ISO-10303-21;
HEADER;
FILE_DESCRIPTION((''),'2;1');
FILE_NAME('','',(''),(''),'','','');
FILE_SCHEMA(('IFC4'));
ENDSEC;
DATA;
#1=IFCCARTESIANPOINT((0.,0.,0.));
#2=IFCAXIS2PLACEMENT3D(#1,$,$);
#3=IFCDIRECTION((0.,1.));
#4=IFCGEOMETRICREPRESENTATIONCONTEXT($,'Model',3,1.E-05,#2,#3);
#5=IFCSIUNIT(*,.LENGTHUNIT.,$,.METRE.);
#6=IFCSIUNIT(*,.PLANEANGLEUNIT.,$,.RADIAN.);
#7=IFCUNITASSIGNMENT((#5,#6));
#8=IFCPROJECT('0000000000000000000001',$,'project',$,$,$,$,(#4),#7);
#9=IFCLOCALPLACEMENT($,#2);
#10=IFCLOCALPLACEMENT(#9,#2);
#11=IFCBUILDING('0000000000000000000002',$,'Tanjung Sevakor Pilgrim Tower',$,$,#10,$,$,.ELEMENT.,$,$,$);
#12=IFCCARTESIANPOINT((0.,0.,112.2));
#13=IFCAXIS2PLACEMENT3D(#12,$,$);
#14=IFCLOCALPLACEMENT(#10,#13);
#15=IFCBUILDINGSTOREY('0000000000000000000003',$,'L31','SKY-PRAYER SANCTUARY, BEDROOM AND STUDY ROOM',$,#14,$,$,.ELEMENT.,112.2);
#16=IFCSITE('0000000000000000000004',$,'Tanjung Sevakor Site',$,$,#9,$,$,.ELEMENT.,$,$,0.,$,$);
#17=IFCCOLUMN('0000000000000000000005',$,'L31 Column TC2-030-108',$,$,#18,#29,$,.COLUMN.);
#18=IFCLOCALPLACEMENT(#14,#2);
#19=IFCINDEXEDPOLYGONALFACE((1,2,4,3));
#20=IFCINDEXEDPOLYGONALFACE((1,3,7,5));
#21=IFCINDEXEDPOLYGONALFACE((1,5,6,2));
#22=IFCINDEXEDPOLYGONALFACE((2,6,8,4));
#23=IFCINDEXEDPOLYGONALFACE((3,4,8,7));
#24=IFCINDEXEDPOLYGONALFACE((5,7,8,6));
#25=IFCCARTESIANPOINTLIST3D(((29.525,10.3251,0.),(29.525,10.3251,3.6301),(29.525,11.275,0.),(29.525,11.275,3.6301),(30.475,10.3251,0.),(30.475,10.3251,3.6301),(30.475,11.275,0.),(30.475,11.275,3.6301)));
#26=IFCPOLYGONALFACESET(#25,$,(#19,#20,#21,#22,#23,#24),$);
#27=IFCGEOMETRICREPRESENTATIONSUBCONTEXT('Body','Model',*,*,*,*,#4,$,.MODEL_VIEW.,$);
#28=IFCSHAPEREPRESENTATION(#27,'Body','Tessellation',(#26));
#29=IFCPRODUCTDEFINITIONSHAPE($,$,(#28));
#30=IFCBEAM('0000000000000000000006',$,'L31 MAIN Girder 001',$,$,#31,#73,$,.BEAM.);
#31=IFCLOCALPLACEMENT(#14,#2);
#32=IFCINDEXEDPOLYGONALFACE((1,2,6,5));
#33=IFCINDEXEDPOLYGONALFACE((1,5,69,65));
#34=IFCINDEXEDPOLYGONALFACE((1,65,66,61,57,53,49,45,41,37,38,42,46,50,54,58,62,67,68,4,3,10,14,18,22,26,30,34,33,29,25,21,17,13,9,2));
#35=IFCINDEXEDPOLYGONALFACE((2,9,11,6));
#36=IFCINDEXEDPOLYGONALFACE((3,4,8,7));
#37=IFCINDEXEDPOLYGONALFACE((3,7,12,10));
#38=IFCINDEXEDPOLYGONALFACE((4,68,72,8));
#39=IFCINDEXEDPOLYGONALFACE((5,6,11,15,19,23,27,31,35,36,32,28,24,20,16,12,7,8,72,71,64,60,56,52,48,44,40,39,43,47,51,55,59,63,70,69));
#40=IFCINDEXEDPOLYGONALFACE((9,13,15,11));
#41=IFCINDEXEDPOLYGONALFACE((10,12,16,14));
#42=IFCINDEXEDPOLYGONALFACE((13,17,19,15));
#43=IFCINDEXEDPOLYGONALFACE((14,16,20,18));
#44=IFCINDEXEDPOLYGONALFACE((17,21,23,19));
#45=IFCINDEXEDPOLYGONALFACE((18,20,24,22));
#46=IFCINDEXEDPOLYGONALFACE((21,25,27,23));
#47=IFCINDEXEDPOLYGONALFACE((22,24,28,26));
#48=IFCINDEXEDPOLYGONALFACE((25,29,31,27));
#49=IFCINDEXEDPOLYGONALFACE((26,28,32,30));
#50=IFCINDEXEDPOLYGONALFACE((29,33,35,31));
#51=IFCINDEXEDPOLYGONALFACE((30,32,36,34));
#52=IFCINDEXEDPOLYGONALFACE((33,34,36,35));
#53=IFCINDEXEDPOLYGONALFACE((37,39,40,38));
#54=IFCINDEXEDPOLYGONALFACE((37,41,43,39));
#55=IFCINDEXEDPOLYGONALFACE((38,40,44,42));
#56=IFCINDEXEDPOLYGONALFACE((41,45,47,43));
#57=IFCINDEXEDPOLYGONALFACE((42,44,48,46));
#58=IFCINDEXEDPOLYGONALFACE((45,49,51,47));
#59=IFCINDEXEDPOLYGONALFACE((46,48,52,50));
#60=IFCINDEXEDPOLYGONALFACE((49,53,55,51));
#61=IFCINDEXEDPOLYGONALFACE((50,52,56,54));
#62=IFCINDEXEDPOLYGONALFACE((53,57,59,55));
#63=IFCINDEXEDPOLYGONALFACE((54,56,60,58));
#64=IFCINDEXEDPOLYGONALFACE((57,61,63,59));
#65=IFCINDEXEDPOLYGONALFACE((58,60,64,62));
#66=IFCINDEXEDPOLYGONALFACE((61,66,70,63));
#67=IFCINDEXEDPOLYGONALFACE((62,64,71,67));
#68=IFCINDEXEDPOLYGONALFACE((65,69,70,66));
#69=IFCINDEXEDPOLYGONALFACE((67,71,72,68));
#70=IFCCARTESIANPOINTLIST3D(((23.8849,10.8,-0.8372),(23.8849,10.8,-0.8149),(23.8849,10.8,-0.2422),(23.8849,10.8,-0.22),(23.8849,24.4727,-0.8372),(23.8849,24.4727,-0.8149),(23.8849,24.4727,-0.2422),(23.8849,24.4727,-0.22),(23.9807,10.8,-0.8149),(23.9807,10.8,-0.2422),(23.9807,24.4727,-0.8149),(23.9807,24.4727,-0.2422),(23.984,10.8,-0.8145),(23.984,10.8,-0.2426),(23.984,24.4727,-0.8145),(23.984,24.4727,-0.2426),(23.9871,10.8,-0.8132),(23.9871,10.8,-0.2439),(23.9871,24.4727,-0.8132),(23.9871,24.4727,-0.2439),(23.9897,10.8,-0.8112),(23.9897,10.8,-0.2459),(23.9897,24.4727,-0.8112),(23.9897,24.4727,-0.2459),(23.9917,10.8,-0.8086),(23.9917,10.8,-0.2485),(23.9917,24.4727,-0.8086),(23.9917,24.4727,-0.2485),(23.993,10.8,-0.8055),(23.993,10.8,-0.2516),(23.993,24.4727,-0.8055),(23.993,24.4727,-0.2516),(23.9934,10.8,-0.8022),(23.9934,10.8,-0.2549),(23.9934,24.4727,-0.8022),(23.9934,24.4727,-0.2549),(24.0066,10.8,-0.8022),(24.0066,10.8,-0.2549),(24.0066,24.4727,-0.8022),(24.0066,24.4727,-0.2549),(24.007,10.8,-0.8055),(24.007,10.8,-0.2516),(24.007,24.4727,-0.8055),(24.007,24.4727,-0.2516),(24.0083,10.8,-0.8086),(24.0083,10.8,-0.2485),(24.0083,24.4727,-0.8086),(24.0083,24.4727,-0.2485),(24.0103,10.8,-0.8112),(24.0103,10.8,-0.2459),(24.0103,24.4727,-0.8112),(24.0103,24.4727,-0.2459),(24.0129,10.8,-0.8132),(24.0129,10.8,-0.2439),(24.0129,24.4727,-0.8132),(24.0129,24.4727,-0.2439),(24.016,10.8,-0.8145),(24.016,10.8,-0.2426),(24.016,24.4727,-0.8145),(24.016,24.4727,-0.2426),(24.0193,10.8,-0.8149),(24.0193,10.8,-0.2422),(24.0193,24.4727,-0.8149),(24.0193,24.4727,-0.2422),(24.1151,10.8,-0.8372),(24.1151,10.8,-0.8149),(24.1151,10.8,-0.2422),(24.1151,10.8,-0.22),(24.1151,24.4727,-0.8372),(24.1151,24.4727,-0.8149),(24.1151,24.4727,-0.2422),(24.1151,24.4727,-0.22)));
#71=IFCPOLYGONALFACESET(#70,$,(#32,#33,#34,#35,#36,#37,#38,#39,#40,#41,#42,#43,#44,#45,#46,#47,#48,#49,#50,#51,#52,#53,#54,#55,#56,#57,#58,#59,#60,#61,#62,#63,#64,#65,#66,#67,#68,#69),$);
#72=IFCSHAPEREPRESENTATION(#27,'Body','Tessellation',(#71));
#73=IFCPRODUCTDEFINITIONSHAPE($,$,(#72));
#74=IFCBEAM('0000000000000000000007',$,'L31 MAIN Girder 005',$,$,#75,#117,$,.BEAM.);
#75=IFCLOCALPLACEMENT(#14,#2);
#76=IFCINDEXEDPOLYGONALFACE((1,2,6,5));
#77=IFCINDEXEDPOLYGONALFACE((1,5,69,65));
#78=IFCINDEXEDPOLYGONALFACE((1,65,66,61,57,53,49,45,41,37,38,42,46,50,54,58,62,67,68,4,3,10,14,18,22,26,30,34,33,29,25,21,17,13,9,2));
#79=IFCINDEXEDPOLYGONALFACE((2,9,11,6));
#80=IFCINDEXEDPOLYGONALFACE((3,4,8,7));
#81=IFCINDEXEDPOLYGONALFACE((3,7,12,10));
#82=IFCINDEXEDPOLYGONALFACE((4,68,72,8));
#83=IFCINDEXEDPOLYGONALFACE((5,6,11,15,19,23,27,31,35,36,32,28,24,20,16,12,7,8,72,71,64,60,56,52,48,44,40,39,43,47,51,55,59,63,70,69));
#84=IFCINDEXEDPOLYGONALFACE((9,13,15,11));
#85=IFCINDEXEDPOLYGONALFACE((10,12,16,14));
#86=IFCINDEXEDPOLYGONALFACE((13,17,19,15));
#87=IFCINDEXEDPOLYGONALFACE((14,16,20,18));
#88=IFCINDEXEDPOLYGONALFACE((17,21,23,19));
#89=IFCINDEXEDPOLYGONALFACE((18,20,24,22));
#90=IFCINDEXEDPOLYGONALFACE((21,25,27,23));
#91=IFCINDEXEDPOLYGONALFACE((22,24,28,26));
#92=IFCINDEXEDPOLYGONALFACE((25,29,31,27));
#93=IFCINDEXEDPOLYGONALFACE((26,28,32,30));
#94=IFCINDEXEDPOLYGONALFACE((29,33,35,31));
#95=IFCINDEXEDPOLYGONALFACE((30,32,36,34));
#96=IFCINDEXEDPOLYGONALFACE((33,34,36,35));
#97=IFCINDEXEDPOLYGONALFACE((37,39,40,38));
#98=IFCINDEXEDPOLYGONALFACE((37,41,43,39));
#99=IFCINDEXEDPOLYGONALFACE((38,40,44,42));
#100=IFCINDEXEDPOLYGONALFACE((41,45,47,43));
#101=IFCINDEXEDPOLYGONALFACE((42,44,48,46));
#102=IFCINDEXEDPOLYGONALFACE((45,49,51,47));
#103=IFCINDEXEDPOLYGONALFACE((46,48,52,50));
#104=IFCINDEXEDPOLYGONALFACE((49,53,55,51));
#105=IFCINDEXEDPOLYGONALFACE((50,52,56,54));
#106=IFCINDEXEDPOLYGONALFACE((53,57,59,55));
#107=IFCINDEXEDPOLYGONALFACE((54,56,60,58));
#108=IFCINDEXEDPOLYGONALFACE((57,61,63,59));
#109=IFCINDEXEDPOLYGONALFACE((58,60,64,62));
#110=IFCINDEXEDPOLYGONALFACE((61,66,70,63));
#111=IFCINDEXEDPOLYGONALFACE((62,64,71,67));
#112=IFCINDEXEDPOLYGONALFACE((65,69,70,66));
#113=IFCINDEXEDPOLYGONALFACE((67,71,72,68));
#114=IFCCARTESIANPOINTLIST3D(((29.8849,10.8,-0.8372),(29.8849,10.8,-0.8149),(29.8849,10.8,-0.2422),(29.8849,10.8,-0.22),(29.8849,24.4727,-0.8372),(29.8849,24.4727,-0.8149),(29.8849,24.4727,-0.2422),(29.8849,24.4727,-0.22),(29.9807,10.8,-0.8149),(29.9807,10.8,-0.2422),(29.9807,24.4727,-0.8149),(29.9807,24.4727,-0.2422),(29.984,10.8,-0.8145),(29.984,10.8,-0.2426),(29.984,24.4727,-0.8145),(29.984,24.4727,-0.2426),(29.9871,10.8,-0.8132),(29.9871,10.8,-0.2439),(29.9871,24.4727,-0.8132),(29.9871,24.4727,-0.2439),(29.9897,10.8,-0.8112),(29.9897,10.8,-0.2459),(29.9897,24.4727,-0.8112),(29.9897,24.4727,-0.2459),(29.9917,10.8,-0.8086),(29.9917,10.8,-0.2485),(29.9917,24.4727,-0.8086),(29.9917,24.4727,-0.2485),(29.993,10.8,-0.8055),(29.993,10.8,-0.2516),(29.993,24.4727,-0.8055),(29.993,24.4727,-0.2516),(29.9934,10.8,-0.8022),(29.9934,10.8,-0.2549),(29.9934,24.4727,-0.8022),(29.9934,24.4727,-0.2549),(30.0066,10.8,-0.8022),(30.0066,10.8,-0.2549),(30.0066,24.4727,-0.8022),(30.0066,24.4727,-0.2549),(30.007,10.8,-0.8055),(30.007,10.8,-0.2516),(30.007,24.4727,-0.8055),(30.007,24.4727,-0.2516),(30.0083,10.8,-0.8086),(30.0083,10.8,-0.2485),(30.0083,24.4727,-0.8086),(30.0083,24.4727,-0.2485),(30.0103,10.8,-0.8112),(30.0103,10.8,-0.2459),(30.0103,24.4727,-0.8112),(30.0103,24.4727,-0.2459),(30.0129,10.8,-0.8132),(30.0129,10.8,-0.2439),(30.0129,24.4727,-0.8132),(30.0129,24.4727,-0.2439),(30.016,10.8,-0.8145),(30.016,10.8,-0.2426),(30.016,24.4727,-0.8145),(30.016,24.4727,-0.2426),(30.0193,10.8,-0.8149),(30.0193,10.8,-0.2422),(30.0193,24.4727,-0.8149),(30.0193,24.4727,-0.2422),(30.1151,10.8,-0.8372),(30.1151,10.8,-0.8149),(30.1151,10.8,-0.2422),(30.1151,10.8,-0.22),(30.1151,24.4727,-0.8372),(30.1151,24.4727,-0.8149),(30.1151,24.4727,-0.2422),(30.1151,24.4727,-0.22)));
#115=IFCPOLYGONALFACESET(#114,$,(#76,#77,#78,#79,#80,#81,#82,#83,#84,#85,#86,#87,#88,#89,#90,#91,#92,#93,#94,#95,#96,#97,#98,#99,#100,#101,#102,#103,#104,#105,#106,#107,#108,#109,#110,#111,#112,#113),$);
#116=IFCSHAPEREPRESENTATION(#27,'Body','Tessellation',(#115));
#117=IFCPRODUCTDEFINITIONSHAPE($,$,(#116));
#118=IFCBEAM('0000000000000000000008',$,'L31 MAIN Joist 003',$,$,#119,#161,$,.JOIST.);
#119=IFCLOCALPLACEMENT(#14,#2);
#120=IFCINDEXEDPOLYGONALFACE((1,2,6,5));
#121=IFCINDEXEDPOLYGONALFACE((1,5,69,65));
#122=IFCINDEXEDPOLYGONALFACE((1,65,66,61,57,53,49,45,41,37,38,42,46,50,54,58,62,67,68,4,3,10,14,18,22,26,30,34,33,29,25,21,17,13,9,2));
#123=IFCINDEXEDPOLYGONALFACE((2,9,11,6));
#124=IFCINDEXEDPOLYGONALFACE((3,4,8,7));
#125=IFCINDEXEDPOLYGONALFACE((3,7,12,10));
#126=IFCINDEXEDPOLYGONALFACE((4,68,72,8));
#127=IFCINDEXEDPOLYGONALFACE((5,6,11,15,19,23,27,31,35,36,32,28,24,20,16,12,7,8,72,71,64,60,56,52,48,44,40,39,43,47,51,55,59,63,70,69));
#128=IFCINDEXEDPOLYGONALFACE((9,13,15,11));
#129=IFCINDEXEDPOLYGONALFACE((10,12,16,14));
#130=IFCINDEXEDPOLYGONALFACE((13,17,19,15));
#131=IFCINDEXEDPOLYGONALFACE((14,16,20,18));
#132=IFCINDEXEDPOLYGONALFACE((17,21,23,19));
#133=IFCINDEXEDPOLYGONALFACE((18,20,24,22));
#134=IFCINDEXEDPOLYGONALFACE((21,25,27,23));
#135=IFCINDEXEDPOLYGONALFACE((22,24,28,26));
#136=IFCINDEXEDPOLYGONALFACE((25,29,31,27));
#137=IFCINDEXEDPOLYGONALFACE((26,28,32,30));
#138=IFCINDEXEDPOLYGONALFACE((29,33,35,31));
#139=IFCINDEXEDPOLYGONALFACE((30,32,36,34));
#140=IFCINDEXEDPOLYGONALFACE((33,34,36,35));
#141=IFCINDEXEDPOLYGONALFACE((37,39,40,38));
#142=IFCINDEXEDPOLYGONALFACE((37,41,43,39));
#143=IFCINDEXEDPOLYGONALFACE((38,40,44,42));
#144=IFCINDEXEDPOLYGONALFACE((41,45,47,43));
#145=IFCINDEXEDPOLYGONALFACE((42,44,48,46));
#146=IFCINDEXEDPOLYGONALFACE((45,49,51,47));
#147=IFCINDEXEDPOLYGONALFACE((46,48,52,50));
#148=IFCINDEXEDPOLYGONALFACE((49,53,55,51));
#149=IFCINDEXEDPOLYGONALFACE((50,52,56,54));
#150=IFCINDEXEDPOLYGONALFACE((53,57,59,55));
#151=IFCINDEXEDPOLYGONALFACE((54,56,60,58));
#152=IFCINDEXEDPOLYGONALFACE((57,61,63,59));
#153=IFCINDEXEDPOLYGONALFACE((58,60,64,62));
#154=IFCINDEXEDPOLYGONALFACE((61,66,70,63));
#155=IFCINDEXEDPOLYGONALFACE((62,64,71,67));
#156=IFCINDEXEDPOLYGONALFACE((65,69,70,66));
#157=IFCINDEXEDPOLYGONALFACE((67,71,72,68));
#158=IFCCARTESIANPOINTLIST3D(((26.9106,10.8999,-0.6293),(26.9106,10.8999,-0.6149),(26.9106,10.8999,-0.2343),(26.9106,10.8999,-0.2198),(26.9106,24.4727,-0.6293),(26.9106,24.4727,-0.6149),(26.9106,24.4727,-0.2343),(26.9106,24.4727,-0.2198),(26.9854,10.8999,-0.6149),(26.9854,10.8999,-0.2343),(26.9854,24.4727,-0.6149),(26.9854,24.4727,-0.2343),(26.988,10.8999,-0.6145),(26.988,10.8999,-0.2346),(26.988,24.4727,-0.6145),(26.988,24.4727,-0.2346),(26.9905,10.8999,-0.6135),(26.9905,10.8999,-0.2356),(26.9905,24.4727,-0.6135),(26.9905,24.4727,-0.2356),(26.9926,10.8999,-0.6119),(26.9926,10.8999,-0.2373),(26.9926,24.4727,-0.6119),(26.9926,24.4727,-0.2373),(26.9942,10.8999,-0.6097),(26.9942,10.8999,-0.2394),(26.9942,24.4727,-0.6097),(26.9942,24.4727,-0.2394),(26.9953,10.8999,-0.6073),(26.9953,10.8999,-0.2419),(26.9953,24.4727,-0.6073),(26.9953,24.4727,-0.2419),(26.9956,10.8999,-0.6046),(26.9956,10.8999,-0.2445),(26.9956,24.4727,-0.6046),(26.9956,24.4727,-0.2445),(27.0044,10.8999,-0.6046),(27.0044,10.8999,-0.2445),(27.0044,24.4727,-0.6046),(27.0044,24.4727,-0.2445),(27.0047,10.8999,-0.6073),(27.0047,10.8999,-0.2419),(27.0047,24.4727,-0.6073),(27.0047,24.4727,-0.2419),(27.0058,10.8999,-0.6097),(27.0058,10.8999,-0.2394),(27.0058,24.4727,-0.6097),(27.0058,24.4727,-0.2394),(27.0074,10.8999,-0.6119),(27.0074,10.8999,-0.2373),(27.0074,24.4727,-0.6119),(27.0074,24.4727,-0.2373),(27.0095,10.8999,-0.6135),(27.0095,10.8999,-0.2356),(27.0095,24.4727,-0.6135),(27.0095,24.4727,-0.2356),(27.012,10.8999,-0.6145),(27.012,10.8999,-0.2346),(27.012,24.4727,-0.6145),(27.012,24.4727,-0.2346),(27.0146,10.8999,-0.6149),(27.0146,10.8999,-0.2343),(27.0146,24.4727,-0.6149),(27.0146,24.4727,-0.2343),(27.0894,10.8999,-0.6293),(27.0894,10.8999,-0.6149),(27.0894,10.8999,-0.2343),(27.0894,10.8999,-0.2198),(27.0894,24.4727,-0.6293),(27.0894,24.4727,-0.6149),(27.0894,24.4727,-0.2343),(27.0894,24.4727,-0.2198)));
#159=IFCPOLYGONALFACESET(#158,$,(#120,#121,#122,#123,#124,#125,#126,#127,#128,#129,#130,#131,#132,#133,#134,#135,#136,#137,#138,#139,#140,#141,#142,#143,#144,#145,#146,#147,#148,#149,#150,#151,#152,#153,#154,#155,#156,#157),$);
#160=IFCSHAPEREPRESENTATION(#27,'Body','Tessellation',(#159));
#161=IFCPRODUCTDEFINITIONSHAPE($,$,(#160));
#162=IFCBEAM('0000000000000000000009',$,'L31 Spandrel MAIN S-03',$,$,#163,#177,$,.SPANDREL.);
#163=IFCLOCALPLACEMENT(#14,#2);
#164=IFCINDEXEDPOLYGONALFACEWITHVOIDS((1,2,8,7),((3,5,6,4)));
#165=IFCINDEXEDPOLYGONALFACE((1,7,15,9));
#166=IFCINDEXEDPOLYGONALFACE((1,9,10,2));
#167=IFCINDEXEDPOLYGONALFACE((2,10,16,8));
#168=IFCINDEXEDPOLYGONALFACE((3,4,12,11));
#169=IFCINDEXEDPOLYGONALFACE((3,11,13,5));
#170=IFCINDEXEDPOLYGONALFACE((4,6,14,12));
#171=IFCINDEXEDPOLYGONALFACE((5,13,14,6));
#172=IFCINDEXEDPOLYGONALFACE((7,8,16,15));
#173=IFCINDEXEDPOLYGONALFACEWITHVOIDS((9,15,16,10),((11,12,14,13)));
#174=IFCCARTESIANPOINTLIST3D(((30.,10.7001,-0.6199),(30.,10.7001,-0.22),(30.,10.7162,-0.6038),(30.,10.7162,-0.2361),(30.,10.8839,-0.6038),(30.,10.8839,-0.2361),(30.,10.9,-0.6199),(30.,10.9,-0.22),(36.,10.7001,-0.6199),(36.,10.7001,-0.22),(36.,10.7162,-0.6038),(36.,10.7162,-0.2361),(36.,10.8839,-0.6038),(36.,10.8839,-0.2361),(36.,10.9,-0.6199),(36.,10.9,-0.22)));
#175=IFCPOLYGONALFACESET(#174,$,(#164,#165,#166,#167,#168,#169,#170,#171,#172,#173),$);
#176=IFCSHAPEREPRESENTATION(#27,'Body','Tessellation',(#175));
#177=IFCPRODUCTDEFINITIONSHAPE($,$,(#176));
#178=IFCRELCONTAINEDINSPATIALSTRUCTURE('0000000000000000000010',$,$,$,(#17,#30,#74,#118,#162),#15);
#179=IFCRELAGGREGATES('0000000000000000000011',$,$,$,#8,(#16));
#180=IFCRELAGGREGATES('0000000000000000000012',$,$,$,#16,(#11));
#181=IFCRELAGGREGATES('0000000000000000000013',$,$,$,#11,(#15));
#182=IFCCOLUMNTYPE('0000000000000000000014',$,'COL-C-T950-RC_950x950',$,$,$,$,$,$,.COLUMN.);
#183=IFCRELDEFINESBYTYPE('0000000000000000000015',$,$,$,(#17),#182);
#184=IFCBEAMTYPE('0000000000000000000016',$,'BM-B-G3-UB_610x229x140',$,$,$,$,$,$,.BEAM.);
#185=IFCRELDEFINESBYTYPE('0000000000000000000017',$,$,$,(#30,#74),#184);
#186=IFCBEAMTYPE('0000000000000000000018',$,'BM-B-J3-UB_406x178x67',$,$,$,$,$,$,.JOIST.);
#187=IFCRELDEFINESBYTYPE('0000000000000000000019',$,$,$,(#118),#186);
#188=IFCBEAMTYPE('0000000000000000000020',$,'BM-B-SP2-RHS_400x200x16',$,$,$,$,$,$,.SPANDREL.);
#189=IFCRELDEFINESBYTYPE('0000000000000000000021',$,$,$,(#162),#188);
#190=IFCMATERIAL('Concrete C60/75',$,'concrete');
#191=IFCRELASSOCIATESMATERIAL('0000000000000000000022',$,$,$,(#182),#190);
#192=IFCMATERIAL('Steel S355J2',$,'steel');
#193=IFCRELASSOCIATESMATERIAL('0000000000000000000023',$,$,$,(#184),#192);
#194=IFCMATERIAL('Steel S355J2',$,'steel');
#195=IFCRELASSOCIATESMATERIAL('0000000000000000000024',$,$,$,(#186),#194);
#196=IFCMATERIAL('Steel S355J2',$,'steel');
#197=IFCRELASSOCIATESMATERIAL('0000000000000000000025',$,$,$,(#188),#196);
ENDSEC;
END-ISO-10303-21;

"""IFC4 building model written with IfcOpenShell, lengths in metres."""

from ifc_helpers import new_model, si_unit, direction, frame, origin, origin_2d, place, context, subcontext, project, spatial, rectangle, hollow_rectangle, i_section, extrude, material, material_profile, profile_set, type_object, element, save


model = new_model("IFC4")

# Units and contexts
model_context = context("Model", 3, precision=1e-05, world=origin(), true_north=direction((0.0, 1.0)))
body_context = subcontext(model_context, "Body", "Model", "MODEL_VIEW")
ifc_project = project(units=[si_unit("LENGTHUNIT", "METRE"), si_unit("PLANEANGLEUNIT", "RADIAN")], contexts=[model_context])

# Site, building, storey
site_placement = place(None, origin())
site = spatial("IfcSite", under=ifc_project, at=site_placement, Name="Tanjung Sevakor Site", CompositionType="ELEMENT", RefElevation=0.0)
building_placement = place(site_placement, origin())
building = spatial("IfcBuilding", under=site, at=building_placement, Name="Tanjung Sevakor Pilgrim Tower", CompositionType="ELEMENT")
storey_placement = place(building_placement, frame((0.0, 0.0, 112.2)))
storey = spatial("IfcBuildingStorey", under=building, at=storey_placement, Name="L31", Description="SKY-PRAYER SANCTUARY, BEDROOM AND STUDY ROOM", CompositionType="ELEMENT", Elevation=112.2)

# Column
ifc_material_1 = material(Name="Concrete C60/75", Category="concrete")
ifc_material_profile_1 = material_profile(ifc_material_1, rectangle(XDim=0.95, YDim=0.95, at=origin_2d()))
ifc_profile_set_1 = profile_set([ifc_material_profile_1], Name="Concrete C60/75")
column_type = type_object("IfcColumnType", Name="COL-C-T950-RC_950x950", PredefinedType="COLUMN", material=ifc_profile_set_1)
column_placement = place(storey_placement, frame((30.0, 10.8, 0.0), z_axis=(0.0, 0.0, 1.0), x_axis=(1.0, 0.0, 0.0)))
element("IfcColumn", 1, at=column_placement, inside=storey, type_object=column_type, Name="L31 Column TC2-030-108", PredefinedType="COLUMN", context=body_context, shape_type="SweptSolid", body=[
    extrude(rectangle(XDim=0.95, YDim=0.95, at=origin_2d()), origin(), (0.0, 0.0, 1.0), 3.6301),
])

# Beams
ifc_material_2 = material(Name="Steel S355J2", Category="steel")
ifc_material_profile_2 = material_profile(ifc_material_2, i_section(OverallWidth=0.2302, OverallDepth=0.6172, WebThickness=0.0132, FlangeThickness=0.0222, FilletRadius=0.0127, at=origin_2d()))
ifc_profile_set_2 = profile_set([ifc_material_profile_2], Name="Steel S355J2")
beam_type_1 = type_object("IfcBeamType", Name="BM-B-G3-UB_610x229x140", PredefinedType="BEAM", material=ifc_profile_set_2)
for number, where, z_axis, x_axis, name in (
    (2, (24.0, 10.8, -0.5286), (0.0, 1.0, 0.0), (-1.0, 0.0, 0.0), "L31 MAIN Girder 001"),
    (3, (30.0, 10.8, -0.5286), (0.0, 1.0, 0.0), (-1.0, 0.0, 0.0), "L31 MAIN Girder 005"),
):
    element("IfcBeam", number, at=place(storey_placement, frame(where, z_axis=z_axis, x_axis=x_axis)), inside=storey, type_object=beam_type_1, Name=name, PredefinedType="BEAM", context=body_context, shape_type="SweptSolid", body=[
        extrude(i_section(OverallWidth=0.2302, OverallDepth=0.6172, WebThickness=0.0132, FlangeThickness=0.0222, FilletRadius=0.0127, at=origin_2d()), origin(), (0.0, 0.0, 1.0), 13.6726),
    ])
ifc_material_3 = material(Name="Steel S355J2", Category="steel")
ifc_material_profile_3 = material_profile(ifc_material_3, i_section(OverallWidth=0.1787, OverallDepth=0.4094, WebThickness=0.0088, FlangeThickness=0.0144, FilletRadius=0.0103, at=origin_2d()))
ifc_profile_set_3 = profile_set([ifc_material_profile_3], Name="Steel S355J2")
beam_type_2 = type_object("IfcBeamType", Name="BM-B-J3-UB_406x178x67", PredefinedType="JOIST", material=ifc_profile_set_3)
beam_1_placement = place(storey_placement, frame((27.0, 10.8999, -0.4246), z_axis=(0.0, 1.0, 0.0), x_axis=(-1.0, 0.0, 0.0)))
element("IfcBeam", 4, at=beam_1_placement, inside=storey, type_object=beam_type_2, Name="L31 MAIN Joist 003", PredefinedType="JOIST", context=body_context, shape_type="SweptSolid", body=[
    extrude(i_section(OverallWidth=0.1787, OverallDepth=0.4094, WebThickness=0.0088, FlangeThickness=0.0144, FilletRadius=0.0103, at=origin_2d()), origin(), (0.0, 0.0, 1.0), 13.5728),
])
ifc_material_4 = material(Name="Steel S355J2", Category="steel")
ifc_material_profile_4 = material_profile(ifc_material_4, hollow_rectangle(XDim=0.2, YDim=0.3999, WallThickness=0.0161, at=origin_2d()))
ifc_profile_set_4 = profile_set([ifc_material_profile_4], Name="Steel S355J2")
beam_type_3 = type_object("IfcBeamType", Name="BM-B-SP2-RHS_400x200x16", PredefinedType="SPANDREL", material=ifc_profile_set_4)
beam_2_placement = place(storey_placement, frame((30.0, 10.8, -0.4199), z_axis=(1.0, 0.0, 0.0), x_axis=(0.0, 1.0, 0.0)))
element("IfcBeam", 5, at=beam_2_placement, inside=storey, type_object=beam_type_3, Name="L31 Spandrel MAIN S-03", PredefinedType="SPANDREL", context=body_context, shape_type="SweptSolid", body=[
    extrude(hollow_rectangle(XDim=0.2, YDim=0.3999, WallThickness=0.0161, at=origin_2d()), origin(), (0.0, 0.0, 1.0), 6.0),
])

save(model, "model.ifc")
